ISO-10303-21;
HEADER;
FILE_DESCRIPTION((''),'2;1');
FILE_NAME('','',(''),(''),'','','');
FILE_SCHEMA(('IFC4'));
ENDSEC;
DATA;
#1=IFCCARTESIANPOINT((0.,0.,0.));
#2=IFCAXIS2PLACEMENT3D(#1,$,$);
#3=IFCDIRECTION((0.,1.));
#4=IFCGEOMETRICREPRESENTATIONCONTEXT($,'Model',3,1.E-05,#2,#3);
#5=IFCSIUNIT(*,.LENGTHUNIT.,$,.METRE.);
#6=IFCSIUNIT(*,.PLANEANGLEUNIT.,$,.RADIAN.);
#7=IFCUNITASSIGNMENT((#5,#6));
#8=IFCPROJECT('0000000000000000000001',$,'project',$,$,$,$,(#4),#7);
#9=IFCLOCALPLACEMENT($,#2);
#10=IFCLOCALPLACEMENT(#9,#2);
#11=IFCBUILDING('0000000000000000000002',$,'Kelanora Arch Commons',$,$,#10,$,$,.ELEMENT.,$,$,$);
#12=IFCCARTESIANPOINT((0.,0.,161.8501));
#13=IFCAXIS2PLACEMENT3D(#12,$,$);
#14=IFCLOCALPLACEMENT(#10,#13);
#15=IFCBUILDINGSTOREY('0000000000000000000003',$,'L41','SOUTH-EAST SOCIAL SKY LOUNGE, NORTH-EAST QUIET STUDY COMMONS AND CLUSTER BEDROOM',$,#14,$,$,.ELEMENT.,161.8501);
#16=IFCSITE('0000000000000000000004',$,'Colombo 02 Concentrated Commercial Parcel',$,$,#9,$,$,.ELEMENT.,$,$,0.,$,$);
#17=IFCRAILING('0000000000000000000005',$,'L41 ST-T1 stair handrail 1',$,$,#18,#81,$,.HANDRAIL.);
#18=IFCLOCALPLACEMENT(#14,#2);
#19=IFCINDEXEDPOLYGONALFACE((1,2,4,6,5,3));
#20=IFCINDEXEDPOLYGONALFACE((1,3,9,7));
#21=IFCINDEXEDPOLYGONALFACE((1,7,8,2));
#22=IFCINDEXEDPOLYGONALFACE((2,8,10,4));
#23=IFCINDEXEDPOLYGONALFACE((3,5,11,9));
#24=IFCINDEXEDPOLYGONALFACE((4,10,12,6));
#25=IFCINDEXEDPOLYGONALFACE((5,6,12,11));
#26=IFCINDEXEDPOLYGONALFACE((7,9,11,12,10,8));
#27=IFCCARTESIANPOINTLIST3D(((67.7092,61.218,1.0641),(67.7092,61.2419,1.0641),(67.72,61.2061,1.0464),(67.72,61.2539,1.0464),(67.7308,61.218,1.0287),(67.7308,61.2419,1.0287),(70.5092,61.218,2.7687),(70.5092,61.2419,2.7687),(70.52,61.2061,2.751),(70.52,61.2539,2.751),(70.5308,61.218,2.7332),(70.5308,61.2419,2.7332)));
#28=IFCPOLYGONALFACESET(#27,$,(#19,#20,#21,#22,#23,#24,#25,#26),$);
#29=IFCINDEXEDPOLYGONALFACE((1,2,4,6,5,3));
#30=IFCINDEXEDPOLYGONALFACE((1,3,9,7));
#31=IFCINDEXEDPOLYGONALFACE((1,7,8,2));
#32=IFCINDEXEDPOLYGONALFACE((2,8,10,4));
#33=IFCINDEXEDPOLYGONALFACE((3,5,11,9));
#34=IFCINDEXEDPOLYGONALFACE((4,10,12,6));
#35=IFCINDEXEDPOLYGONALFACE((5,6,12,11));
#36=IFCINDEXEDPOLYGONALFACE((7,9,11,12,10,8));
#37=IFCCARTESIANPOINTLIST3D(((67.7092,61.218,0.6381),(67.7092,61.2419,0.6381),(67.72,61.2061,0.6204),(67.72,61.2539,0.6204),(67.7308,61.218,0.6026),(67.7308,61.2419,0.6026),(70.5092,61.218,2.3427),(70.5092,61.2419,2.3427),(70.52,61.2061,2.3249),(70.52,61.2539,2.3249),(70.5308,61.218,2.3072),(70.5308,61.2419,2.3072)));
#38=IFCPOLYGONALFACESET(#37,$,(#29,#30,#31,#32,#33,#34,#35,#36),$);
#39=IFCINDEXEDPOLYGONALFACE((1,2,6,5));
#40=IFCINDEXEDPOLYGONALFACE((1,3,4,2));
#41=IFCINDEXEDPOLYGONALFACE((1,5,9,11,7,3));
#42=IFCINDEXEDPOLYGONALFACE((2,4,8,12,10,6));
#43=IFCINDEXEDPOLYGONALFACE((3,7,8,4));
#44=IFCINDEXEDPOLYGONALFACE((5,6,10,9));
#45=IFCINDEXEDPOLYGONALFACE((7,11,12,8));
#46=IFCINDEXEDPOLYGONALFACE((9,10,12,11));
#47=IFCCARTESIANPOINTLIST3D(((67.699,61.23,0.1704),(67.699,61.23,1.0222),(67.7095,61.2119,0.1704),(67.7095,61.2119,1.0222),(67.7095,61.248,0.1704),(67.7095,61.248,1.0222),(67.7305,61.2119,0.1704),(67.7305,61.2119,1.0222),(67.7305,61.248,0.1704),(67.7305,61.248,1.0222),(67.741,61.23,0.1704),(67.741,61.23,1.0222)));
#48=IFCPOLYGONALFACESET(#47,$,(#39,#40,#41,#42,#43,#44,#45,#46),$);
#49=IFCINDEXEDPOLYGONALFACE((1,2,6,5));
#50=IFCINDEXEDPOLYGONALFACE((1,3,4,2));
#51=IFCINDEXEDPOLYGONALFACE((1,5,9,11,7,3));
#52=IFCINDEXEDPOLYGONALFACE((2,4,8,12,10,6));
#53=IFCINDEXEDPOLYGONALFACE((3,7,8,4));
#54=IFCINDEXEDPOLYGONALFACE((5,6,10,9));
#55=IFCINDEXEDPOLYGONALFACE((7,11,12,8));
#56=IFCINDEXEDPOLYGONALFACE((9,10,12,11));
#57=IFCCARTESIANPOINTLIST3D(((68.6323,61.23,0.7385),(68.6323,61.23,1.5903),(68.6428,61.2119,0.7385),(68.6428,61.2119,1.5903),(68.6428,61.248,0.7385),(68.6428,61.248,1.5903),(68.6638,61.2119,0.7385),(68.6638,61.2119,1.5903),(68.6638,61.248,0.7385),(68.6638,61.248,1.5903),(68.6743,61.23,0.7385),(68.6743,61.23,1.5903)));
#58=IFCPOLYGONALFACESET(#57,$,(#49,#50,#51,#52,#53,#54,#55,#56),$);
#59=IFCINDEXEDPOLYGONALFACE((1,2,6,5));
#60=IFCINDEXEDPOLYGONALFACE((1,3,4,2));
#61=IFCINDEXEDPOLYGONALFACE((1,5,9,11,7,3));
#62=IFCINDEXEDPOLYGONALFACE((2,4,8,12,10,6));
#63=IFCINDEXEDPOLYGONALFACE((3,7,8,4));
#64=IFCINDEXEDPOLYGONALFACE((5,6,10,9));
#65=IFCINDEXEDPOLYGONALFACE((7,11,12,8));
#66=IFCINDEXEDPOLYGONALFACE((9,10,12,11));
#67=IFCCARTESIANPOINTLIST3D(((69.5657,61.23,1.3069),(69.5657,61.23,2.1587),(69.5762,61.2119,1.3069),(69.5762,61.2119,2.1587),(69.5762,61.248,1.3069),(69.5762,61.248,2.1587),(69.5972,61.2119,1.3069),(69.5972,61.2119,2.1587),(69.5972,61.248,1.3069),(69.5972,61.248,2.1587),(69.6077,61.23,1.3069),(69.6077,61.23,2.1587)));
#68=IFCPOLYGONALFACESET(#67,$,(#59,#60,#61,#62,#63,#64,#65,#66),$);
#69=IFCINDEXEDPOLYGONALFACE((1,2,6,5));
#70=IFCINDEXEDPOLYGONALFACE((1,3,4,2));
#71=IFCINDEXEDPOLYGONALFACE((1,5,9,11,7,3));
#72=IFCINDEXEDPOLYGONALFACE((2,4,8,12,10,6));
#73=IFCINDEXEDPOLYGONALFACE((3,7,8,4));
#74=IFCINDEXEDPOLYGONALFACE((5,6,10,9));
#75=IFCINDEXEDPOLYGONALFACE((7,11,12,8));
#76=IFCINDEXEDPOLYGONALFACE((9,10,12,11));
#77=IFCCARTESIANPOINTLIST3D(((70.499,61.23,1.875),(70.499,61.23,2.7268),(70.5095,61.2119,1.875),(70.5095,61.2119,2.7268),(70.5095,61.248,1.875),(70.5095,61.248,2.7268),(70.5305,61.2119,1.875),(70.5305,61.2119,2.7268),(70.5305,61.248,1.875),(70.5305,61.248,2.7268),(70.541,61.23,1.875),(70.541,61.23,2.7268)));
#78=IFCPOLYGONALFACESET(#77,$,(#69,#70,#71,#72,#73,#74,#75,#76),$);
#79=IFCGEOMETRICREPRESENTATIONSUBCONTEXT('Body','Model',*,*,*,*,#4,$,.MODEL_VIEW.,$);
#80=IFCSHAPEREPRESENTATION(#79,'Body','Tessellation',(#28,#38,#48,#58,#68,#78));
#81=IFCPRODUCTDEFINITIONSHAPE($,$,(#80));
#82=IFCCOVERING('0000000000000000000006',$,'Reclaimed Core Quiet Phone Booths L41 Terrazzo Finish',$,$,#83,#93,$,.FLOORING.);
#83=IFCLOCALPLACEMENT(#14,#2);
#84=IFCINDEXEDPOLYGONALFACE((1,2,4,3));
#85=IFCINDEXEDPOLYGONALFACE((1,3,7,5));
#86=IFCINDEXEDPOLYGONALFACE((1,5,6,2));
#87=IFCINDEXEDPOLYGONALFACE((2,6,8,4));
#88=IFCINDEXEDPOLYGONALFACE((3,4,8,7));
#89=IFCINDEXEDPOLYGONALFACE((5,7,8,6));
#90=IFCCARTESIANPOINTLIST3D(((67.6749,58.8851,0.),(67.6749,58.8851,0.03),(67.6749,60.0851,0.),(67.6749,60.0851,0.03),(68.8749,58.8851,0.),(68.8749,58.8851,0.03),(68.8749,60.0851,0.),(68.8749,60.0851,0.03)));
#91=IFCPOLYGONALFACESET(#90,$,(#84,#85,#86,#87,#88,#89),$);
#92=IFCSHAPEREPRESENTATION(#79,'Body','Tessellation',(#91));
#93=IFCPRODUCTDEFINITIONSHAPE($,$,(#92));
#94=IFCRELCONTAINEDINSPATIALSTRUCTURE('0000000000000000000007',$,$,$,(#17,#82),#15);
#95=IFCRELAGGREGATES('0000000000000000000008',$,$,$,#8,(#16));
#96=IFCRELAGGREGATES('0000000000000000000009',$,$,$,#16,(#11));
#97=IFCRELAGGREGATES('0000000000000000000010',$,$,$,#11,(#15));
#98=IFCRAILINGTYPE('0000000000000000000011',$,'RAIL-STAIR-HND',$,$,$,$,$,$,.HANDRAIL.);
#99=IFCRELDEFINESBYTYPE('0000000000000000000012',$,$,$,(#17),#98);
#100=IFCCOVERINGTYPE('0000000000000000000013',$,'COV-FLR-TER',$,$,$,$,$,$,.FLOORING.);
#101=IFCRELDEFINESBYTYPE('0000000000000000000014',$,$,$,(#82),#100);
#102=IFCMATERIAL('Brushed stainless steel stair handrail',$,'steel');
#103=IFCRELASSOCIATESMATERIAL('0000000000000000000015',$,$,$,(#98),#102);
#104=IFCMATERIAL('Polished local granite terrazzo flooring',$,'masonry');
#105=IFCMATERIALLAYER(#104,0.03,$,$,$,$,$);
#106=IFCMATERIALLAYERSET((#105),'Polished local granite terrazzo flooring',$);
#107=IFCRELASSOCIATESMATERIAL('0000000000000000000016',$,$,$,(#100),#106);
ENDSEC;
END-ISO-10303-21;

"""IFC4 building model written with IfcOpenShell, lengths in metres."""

from ifc_helpers import new_model, si_unit, direction, frame, origin, origin_2d, place, context, subcontext, project, spatial, polyline, rectangle, outline, extrude, source, transform, mapped, material, layer, layer_set, type_object, element, save


model = new_model("IFC4")

# Units and contexts
model_context = context("Model", 3, precision=1e-05, world=origin(), true_north=direction((0.0, 1.0)))
body_context = subcontext(model_context, "Body", "Model", "MODEL_VIEW")
ifc_project = project(units=[si_unit("LENGTHUNIT", "METRE"), si_unit("PLANEANGLEUNIT", "RADIAN")], contexts=[model_context])

# Site, building, storey
site_placement = place(None, origin())
site = spatial("IfcSite", under=ifc_project, at=site_placement, Name="Colombo 02 Concentrated Commercial Parcel", CompositionType="ELEMENT", RefElevation=0.0)
building_placement = place(site_placement, origin())
building = spatial("IfcBuilding", under=site, at=building_placement, Name="Kelanora Arch Commons", CompositionType="ELEMENT")
storey_placement = place(building_placement, frame((0.0, 0.0, 161.8501)))
storey = spatial("IfcBuildingStorey", under=building, at=storey_placement, Name="L41", Description="SOUTH-EAST SOCIAL SKY LOUNGE, NORTH-EAST QUIET STUDY COMMONS AND CLUSTER BEDROOM", CompositionType="ELEMENT", Elevation=161.8501)

# Railing
ifc_material_1 = material(Name="Brushed stainless steel stair handrail", Category="steel")
railing_type_1 = type_object("IfcRailingType", Name="RAIL-STAIR-HND", PredefinedType="HANDRAIL", material=ifc_material_1)
railing_1_placement = place(storey_placement, frame((67.72, 61.23, 0.1704)))
element("IfcRailing", 1, at=railing_1_placement, inside=storey, type_object=railing_type_1, Name="L41 ST-T1 stair handrail 1", PredefinedType="HANDRAIL", context=body_context, shape_type="SweptSolid", body=[
    extrude(outline(polyline([(0.0239, 0.0), (0.012, 0.0208), (-0.012, 0.0208), (-0.0239, 0.0), (-0.012, -0.0208), (0.012, -0.0208), (0.0239, 0.0)])), frame((0.0, 0.0, 0.876), z_axis=(0.85417, 0.0, 0.519994), x_axis=(0.0, 1.0, 0.0)), (0.0, 0.0, 1.0), 3.2781),
    extrude(outline(polyline([(0.0239, 0.0), (0.012, 0.0208), (-0.012, 0.0208), (-0.0239, 0.0), (-0.012, -0.0208), (0.012, -0.0208), (0.0239, 0.0)])), frame((0.0, 0.0, 0.45), z_axis=(0.85417, 0.0, 0.519994), x_axis=(0.0, 1.0, 0.0)), (0.0, 0.0, 1.0), 3.2781),
    extrude(outline(polyline([(0.021, 0.0), (0.0105, 0.0181), (-0.0105, 0.0181), (-0.021, 0.0), (-0.0105, -0.0181), (0.0105, -0.0181), (0.021, 0.0)])), origin(), (0.0, 0.0, 1.0), 0.8518),
    extrude(outline(polyline([(0.021, 0.0), (0.0105, 0.0181), (-0.0105, 0.0181), (-0.021, 0.0), (-0.0105, -0.0181), (0.0105, -0.0181), (0.021, 0.0)])), frame((0.9333, 0.0, 0.5681)), (0.0, 0.0, 1.0), 0.8518),
    extrude(outline(polyline([(0.021, 0.0), (0.0105, 0.0181), (-0.0105, 0.0181), (-0.021, 0.0), (-0.0105, -0.0181), (0.0105, -0.0181), (0.021, 0.0)])), frame((1.8667, 0.0, 1.1365)), (0.0, 0.0, 1.0), 0.8518),
    extrude(outline(polyline([(0.021, 0.0), (0.0105, 0.0181), (-0.0105, 0.0181), (-0.021, 0.0), (-0.0105, -0.0181), (0.0105, -0.0181), (0.021, 0.0)])), frame((2.8, 0.0, 1.7046)), (0.0, 0.0, 1.0), 0.8518),
])

# Covering
ifc_material_2 = material(Name="Polished local granite terrazzo flooring", Category="masonry")
ifc_layer_1 = layer(ifc_material_2, 0.03)
ifc_layer_set_1 = layer_set([ifc_layer_1], Name="Polished local granite terrazzo flooring")
covering_type = type_object("IfcCoveringType", Name="COV-FLR-TER", PredefinedType="FLOORING", material=ifc_layer_set_1)
shared_shape = source(origin(), body_context, "Body", "SweptSolid", [
    extrude(rectangle(XDim=1.2, YDim=1.2, at=origin_2d()), origin(), (0.0, 0.0, 1.0), 0.03),
])
covering_placement = place(storey_placement, frame((68.2749, 59.4851, 0.0), z_axis=(0.0, 0.0, 1.0), x_axis=(1.0, 0.0, 0.0)))
element("IfcCovering", 2, at=covering_placement, inside=storey, type_object=covering_type, Name="Reclaimed Core Quiet Phone Booths L41 Terrazzo Finish", PredefinedType="FLOORING", context=body_context, shape_type="MappedRepresentation", body=[
    mapped(shared_shape, transform((0.0, 0.0, 0.0), scale=1.0)),
])

save(model, "model.ifc")
